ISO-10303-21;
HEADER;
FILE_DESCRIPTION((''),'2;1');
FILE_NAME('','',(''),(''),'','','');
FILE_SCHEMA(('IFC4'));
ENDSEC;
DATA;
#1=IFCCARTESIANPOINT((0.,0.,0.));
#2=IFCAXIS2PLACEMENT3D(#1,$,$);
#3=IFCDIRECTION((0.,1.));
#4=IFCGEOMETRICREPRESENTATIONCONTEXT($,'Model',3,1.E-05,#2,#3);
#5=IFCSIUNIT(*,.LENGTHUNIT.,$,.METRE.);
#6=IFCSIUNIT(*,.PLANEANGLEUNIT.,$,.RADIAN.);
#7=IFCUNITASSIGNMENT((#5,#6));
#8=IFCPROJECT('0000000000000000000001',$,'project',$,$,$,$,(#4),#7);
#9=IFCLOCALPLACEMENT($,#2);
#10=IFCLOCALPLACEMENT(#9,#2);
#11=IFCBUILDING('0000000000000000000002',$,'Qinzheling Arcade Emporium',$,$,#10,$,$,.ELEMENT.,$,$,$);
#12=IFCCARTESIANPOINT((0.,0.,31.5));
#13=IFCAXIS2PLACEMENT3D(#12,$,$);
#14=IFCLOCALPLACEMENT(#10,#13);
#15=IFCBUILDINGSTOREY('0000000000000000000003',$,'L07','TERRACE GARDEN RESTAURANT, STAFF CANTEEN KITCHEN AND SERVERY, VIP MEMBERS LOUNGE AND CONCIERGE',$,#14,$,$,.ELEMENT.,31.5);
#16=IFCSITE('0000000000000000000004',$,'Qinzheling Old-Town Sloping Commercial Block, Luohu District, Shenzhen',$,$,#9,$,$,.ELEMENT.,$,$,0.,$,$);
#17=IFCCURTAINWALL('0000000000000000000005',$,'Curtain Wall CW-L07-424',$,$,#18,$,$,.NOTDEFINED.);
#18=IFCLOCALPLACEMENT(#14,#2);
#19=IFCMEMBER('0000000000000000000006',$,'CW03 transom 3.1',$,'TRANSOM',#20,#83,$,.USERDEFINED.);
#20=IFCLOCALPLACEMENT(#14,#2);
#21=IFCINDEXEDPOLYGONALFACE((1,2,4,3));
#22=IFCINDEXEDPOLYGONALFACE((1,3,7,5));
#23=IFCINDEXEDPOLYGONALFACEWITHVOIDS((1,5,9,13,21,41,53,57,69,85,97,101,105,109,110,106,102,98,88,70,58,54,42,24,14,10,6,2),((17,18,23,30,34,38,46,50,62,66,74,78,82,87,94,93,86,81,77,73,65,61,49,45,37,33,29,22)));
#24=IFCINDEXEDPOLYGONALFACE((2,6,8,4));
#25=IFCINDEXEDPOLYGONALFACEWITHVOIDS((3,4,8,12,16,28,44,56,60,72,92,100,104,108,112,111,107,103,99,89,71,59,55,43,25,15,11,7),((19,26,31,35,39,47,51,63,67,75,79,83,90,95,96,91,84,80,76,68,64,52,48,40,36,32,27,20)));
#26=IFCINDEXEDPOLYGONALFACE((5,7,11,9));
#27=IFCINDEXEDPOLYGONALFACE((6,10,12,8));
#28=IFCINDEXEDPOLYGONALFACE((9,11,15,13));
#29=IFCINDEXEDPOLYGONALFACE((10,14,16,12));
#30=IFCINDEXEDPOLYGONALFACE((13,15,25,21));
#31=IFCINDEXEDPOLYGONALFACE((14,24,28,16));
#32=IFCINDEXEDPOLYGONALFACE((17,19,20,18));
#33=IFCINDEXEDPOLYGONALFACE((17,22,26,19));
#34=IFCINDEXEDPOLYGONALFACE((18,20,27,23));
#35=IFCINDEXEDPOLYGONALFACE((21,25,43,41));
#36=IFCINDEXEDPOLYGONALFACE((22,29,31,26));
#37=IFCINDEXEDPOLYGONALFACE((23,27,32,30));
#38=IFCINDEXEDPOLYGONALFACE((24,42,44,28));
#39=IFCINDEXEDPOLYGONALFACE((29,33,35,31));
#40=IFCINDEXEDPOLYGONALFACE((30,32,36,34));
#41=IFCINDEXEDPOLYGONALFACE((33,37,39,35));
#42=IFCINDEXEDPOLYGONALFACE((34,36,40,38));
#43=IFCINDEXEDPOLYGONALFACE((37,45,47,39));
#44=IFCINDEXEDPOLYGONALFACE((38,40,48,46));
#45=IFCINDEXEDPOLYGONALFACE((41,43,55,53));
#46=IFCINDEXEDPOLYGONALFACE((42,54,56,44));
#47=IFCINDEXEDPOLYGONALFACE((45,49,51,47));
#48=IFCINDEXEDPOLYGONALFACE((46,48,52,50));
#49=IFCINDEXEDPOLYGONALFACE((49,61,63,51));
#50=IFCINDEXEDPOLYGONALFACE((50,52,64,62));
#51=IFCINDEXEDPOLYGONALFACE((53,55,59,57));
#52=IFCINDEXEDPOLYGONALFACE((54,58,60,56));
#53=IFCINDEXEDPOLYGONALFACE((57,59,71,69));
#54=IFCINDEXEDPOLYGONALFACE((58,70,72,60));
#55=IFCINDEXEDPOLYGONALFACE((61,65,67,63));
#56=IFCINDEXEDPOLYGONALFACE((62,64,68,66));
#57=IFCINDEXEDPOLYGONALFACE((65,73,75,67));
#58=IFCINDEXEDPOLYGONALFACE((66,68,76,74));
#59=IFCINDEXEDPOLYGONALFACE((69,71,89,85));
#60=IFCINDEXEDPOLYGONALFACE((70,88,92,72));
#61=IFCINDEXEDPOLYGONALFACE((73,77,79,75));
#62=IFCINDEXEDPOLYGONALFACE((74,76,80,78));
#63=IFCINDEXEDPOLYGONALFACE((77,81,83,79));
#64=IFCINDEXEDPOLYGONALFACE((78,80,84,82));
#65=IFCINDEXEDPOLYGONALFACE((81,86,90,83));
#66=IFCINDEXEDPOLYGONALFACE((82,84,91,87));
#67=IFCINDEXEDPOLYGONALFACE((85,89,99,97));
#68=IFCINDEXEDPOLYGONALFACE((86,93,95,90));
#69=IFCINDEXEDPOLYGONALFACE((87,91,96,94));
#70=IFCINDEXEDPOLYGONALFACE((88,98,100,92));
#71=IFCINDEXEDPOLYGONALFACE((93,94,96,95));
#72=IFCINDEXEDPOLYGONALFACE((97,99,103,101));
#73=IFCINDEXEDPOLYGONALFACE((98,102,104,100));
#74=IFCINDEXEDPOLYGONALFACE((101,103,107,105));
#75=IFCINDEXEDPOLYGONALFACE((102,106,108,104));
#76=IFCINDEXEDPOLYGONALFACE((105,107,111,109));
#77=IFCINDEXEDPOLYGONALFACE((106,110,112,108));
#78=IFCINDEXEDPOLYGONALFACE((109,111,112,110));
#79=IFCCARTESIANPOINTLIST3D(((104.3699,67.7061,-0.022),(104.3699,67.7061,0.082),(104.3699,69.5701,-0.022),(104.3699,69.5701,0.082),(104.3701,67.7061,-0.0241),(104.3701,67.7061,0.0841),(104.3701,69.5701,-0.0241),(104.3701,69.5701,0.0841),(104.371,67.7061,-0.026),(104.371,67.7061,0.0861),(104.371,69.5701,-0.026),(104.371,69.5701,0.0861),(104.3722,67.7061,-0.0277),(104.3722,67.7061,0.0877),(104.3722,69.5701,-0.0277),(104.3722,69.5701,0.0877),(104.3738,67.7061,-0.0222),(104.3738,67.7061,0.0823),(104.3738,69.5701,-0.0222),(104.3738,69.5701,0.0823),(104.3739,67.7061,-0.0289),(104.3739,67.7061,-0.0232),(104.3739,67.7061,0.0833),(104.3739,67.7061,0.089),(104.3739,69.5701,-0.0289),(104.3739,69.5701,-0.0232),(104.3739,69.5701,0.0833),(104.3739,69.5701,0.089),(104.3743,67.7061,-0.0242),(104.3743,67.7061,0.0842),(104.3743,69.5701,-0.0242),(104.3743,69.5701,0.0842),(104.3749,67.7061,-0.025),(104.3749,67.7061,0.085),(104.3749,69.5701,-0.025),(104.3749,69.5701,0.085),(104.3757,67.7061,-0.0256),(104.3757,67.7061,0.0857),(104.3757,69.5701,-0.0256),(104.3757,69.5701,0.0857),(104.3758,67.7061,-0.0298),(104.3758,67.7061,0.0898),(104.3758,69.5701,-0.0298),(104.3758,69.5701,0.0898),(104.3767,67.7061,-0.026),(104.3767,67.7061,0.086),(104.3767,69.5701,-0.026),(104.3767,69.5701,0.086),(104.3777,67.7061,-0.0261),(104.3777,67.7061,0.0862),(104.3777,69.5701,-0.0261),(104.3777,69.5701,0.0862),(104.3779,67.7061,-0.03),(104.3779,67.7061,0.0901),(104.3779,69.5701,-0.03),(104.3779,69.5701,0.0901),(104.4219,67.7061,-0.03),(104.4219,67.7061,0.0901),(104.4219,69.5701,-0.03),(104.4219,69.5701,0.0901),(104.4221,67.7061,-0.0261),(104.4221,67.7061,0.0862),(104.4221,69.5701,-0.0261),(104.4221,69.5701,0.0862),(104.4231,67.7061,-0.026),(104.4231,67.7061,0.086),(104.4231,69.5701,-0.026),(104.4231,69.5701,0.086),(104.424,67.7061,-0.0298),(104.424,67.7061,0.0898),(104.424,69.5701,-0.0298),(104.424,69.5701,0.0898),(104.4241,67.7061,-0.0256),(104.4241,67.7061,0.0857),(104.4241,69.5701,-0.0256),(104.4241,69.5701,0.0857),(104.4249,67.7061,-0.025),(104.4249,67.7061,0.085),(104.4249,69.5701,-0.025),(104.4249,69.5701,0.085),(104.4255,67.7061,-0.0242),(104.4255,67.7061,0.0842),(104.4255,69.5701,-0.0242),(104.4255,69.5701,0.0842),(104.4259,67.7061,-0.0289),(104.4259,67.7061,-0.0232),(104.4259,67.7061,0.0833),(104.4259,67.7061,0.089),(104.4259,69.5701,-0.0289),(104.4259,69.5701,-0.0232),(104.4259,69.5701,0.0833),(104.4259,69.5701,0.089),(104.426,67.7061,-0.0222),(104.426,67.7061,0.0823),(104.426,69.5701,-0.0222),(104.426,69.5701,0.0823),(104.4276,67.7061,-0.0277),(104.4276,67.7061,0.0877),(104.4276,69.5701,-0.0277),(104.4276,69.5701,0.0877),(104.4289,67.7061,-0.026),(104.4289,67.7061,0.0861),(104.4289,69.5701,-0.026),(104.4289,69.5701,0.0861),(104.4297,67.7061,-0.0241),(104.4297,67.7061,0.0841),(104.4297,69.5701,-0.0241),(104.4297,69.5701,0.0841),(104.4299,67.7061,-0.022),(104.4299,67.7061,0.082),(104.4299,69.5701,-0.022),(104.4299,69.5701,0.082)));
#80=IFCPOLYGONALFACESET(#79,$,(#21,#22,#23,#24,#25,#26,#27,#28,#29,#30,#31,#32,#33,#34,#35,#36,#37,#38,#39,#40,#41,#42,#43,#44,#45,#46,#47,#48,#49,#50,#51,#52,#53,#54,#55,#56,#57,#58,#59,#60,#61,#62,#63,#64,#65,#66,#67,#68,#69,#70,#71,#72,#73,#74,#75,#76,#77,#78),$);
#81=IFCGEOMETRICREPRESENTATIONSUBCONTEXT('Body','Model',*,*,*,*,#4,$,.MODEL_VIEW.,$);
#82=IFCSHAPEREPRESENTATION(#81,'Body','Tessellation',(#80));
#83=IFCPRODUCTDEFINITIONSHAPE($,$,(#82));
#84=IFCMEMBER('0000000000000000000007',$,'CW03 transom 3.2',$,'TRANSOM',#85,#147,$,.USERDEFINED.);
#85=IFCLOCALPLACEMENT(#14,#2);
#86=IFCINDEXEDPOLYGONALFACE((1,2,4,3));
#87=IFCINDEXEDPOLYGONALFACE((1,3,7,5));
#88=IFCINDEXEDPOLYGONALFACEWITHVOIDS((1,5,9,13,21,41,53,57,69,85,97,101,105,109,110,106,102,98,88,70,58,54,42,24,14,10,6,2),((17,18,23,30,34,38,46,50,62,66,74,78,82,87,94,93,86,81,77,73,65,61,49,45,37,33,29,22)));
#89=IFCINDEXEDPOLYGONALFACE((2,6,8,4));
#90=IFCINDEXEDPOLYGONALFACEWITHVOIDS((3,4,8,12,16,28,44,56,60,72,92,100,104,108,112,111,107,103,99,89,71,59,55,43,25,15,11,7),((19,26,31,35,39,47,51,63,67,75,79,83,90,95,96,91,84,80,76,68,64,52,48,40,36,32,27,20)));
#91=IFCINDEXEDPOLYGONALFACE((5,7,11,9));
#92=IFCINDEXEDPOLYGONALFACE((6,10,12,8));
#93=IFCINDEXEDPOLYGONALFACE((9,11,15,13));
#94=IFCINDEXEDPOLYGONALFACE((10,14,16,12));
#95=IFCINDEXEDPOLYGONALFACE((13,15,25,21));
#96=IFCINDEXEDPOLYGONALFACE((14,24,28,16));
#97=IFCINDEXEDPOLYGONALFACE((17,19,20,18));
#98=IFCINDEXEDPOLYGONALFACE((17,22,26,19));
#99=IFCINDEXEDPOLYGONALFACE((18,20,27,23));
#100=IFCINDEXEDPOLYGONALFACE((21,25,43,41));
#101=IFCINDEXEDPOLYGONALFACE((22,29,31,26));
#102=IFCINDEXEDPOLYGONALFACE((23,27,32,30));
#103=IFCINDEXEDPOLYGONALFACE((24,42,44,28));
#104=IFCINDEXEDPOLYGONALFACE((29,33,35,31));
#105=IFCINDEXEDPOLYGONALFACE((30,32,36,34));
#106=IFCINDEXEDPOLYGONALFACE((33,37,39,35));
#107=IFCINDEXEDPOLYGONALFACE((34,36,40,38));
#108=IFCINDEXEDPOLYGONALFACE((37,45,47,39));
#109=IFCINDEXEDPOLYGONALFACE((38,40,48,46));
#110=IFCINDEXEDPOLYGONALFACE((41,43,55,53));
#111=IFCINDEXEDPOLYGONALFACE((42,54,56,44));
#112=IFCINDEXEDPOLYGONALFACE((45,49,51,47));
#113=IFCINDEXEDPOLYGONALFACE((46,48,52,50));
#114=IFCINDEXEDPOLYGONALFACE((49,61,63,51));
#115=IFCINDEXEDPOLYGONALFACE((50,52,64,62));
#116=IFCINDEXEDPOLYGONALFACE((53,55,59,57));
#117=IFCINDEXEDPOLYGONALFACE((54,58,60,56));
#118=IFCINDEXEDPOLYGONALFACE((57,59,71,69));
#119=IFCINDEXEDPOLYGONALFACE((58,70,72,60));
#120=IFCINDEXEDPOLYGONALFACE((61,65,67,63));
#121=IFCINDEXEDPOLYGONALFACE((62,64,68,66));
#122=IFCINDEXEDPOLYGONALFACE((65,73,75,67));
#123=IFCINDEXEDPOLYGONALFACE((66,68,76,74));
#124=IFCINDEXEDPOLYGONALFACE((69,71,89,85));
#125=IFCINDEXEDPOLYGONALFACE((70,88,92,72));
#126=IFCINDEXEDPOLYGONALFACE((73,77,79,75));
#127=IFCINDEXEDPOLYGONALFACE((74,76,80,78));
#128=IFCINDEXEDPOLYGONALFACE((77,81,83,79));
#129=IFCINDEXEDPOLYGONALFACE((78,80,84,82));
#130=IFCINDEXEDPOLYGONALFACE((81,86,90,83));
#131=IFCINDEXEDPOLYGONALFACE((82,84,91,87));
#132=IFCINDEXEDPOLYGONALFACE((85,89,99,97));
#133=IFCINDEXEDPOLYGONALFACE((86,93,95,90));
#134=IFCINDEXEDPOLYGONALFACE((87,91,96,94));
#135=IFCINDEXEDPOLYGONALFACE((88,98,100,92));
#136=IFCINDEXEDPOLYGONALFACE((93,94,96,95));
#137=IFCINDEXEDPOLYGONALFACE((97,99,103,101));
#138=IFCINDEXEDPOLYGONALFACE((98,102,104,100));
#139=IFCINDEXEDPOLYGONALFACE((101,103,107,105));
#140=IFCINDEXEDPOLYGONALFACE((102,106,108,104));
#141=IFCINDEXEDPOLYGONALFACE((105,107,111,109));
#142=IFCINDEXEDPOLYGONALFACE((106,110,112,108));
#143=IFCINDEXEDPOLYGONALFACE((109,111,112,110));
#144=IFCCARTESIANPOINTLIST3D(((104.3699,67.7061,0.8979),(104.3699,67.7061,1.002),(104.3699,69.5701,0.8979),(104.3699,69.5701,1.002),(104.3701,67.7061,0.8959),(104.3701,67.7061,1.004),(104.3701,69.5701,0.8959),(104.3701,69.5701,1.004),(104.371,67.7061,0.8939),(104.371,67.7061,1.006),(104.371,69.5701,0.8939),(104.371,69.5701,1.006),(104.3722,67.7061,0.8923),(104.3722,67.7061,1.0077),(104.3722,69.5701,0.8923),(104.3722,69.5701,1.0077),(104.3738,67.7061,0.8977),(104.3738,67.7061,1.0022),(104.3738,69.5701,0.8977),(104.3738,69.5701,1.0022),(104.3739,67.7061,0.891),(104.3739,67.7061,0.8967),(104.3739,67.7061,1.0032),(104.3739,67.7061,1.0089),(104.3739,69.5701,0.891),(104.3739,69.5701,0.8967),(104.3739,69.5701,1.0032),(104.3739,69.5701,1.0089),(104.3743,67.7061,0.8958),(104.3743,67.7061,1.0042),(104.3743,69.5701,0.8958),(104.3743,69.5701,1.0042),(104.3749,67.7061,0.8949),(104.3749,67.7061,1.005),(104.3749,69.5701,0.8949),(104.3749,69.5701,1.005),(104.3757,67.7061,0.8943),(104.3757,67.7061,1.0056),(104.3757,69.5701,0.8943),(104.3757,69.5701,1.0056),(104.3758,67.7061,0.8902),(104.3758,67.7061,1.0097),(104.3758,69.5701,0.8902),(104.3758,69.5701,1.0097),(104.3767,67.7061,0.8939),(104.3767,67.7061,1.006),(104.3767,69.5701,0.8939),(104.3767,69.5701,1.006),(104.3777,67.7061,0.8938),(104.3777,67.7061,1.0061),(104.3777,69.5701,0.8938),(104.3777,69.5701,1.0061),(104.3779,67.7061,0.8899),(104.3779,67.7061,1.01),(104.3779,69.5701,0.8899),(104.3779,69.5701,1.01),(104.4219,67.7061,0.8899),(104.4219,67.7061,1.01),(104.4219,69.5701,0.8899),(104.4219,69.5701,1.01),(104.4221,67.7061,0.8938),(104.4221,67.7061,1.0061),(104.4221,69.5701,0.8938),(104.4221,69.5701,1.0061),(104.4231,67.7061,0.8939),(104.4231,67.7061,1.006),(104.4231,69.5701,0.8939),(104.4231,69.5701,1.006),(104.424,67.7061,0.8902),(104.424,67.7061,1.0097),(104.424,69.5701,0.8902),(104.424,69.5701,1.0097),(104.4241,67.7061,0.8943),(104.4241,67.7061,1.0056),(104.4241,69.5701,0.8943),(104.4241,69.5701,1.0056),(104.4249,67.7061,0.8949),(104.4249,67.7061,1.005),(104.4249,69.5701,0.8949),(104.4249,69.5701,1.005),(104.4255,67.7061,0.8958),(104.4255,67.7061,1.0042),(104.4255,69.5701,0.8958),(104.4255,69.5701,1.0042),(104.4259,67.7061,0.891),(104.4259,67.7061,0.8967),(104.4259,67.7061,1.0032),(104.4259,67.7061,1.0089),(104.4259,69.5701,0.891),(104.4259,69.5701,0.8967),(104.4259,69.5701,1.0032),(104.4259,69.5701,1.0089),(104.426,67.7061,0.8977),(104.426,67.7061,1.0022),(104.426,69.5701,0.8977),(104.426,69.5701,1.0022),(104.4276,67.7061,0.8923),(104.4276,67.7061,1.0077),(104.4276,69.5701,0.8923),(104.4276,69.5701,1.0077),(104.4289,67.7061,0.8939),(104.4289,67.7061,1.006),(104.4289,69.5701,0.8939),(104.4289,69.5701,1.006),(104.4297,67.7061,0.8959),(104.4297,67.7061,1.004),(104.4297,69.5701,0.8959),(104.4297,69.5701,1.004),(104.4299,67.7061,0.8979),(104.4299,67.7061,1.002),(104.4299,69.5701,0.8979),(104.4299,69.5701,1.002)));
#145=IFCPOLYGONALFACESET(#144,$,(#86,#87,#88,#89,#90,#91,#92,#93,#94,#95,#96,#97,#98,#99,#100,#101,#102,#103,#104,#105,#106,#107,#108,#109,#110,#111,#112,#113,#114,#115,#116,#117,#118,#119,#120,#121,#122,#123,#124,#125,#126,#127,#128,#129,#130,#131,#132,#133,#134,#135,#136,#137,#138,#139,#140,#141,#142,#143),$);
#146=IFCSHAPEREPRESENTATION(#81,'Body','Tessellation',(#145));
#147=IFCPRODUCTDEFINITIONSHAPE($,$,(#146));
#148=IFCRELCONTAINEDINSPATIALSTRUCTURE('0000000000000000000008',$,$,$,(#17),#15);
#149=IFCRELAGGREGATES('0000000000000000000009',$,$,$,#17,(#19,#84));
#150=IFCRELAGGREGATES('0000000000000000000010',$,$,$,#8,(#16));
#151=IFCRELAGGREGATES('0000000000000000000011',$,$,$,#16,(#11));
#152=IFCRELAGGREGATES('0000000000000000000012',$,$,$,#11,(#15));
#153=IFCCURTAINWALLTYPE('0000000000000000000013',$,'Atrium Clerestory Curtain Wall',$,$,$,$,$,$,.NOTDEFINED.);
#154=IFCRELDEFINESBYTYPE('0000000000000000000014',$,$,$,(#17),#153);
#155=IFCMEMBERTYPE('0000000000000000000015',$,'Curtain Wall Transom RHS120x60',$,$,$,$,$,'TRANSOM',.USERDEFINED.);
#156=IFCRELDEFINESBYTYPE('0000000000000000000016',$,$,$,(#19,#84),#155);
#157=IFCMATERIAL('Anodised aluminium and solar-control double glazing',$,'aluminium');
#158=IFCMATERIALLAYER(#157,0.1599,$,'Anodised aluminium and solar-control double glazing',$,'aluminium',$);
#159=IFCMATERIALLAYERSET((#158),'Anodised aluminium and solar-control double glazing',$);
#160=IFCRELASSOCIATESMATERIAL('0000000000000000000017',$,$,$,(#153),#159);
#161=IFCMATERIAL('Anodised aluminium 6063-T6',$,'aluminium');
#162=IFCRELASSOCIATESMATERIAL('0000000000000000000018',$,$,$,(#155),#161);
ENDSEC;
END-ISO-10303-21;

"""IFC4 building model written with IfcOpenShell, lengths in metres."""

from ifc_helpers import new_model, si_unit, direction, frame, origin, origin_2d, place, context, subcontext, project, spatial, hollow_rectangle, extrude, material, layer, layer_set, material_profile, profile_set, type_object, element, aggregate, save


model = new_model("IFC4")

# Units and contexts
model_context = context("Model", 3, precision=1e-05, world=origin(), true_north=direction((0.0, 1.0)))
body_context = subcontext(model_context, "Body", "Model", "MODEL_VIEW")
ifc_project = project(units=[si_unit("LENGTHUNIT", "METRE"), si_unit("PLANEANGLEUNIT", "RADIAN")], contexts=[model_context])

# Site, building, storey
site_placement = place(None, origin())
site = spatial("IfcSite", under=ifc_project, at=site_placement, Name="Qinzheling Old-Town Sloping Commercial Block, Luohu District, Shenzhen", CompositionType="ELEMENT", RefElevation=0.0)
building_placement = place(site_placement, origin())
building = spatial("IfcBuilding", under=site, at=building_placement, Name="Qinzheling Arcade Emporium", CompositionType="ELEMENT")
storey_placement = place(building_placement, frame((0.0, 0.0, 31.5)))
storey = spatial("IfcBuildingStorey", under=building, at=storey_placement, Name="L07", Description="TERRACE GARDEN RESTAURANT, STAFF CANTEEN KITCHEN AND SERVERY, VIP MEMBERS LOUNGE AND CONCIERGE", CompositionType="ELEMENT", Elevation=31.5)

# Curtain wall, members
ifc_material_1 = material(Name="Anodised aluminium and solar-control double glazing", Category="aluminium")
ifc_layer_1 = layer(ifc_material_1, 0.1599, Name="Anodised aluminium and solar-control double glazing", Category="aluminium")
ifc_layer_set_1 = layer_set([ifc_layer_1], Name="Anodised aluminium and solar-control double glazing")
curtain_wall_type = type_object("IfcCurtainWallType", Name="Atrium Clerestory Curtain Wall", PredefinedType="NOTDEFINED", material=ifc_layer_set_1)
curtain_wall_placement = place(storey_placement, origin())
curtain_wall = element("IfcCurtainWall", 1, at=curtain_wall_placement, inside=storey, type_object=curtain_wall_type, Name="Curtain Wall CW-L07-424", PredefinedType="NOTDEFINED")
ifc_material_2 = material(Name="Anodised aluminium 6063-T6", Category="aluminium")
ifc_material_profile_1 = material_profile(ifc_material_2, hollow_rectangle(XDim=0.0601, YDim=0.1201, WallThickness=0.0039, InnerFilletRadius=0.0039, OuterFilletRadius=0.0081, at=origin_2d()), Name="RHS 120x60x4", Category="aluminium")
ifc_profile_set_1 = profile_set([ifc_material_profile_1], Name="Anodised aluminium 6063-T6")
member_type_1 = type_object("IfcMemberType", Name="Curtain Wall Transom RHS120x60", ElementType="TRANSOM", PredefinedType="USERDEFINED", material=ifc_profile_set_1)
member_1_placement = place(storey_placement, frame((104.3999, 69.5701, 0.03), z_axis=(0.0, -1.0, 0.0), x_axis=(1.0, 0.0, 0.0)))
member_1 = element("IfcMember", 2, at=member_1_placement, type_object=member_type_1, Name="CW03 transom 3.1", ObjectType="TRANSOM", PredefinedType="USERDEFINED", context=body_context, shape_type="SweptSolid", body=[
    extrude(hollow_rectangle(XDim=0.0601, YDim=0.1201, WallThickness=0.0039, InnerFilletRadius=0.0039, OuterFilletRadius=0.0081, at=origin_2d()), origin(), (0.0, 0.0, 1.0), 1.864),
])
member_2_placement = place(storey_placement, frame((104.3999, 69.5701, 0.95), z_axis=(0.0, -1.0, 0.0), x_axis=(1.0, 0.0, 0.0)))
member_2 = element("IfcMember", 3, at=member_2_placement, type_object=member_type_1, Name="CW03 transom 3.2", ObjectType="TRANSOM", PredefinedType="USERDEFINED", context=body_context, shape_type="SweptSolid", body=[
    extrude(hollow_rectangle(XDim=0.0601, YDim=0.1201, WallThickness=0.0039, InnerFilletRadius=0.0039, OuterFilletRadius=0.0081, at=origin_2d()), origin(), (0.0, 0.0, 1.0), 1.864),
])
aggregate(curtain_wall, [member_1, member_2])

save(model, "model.ifc")
